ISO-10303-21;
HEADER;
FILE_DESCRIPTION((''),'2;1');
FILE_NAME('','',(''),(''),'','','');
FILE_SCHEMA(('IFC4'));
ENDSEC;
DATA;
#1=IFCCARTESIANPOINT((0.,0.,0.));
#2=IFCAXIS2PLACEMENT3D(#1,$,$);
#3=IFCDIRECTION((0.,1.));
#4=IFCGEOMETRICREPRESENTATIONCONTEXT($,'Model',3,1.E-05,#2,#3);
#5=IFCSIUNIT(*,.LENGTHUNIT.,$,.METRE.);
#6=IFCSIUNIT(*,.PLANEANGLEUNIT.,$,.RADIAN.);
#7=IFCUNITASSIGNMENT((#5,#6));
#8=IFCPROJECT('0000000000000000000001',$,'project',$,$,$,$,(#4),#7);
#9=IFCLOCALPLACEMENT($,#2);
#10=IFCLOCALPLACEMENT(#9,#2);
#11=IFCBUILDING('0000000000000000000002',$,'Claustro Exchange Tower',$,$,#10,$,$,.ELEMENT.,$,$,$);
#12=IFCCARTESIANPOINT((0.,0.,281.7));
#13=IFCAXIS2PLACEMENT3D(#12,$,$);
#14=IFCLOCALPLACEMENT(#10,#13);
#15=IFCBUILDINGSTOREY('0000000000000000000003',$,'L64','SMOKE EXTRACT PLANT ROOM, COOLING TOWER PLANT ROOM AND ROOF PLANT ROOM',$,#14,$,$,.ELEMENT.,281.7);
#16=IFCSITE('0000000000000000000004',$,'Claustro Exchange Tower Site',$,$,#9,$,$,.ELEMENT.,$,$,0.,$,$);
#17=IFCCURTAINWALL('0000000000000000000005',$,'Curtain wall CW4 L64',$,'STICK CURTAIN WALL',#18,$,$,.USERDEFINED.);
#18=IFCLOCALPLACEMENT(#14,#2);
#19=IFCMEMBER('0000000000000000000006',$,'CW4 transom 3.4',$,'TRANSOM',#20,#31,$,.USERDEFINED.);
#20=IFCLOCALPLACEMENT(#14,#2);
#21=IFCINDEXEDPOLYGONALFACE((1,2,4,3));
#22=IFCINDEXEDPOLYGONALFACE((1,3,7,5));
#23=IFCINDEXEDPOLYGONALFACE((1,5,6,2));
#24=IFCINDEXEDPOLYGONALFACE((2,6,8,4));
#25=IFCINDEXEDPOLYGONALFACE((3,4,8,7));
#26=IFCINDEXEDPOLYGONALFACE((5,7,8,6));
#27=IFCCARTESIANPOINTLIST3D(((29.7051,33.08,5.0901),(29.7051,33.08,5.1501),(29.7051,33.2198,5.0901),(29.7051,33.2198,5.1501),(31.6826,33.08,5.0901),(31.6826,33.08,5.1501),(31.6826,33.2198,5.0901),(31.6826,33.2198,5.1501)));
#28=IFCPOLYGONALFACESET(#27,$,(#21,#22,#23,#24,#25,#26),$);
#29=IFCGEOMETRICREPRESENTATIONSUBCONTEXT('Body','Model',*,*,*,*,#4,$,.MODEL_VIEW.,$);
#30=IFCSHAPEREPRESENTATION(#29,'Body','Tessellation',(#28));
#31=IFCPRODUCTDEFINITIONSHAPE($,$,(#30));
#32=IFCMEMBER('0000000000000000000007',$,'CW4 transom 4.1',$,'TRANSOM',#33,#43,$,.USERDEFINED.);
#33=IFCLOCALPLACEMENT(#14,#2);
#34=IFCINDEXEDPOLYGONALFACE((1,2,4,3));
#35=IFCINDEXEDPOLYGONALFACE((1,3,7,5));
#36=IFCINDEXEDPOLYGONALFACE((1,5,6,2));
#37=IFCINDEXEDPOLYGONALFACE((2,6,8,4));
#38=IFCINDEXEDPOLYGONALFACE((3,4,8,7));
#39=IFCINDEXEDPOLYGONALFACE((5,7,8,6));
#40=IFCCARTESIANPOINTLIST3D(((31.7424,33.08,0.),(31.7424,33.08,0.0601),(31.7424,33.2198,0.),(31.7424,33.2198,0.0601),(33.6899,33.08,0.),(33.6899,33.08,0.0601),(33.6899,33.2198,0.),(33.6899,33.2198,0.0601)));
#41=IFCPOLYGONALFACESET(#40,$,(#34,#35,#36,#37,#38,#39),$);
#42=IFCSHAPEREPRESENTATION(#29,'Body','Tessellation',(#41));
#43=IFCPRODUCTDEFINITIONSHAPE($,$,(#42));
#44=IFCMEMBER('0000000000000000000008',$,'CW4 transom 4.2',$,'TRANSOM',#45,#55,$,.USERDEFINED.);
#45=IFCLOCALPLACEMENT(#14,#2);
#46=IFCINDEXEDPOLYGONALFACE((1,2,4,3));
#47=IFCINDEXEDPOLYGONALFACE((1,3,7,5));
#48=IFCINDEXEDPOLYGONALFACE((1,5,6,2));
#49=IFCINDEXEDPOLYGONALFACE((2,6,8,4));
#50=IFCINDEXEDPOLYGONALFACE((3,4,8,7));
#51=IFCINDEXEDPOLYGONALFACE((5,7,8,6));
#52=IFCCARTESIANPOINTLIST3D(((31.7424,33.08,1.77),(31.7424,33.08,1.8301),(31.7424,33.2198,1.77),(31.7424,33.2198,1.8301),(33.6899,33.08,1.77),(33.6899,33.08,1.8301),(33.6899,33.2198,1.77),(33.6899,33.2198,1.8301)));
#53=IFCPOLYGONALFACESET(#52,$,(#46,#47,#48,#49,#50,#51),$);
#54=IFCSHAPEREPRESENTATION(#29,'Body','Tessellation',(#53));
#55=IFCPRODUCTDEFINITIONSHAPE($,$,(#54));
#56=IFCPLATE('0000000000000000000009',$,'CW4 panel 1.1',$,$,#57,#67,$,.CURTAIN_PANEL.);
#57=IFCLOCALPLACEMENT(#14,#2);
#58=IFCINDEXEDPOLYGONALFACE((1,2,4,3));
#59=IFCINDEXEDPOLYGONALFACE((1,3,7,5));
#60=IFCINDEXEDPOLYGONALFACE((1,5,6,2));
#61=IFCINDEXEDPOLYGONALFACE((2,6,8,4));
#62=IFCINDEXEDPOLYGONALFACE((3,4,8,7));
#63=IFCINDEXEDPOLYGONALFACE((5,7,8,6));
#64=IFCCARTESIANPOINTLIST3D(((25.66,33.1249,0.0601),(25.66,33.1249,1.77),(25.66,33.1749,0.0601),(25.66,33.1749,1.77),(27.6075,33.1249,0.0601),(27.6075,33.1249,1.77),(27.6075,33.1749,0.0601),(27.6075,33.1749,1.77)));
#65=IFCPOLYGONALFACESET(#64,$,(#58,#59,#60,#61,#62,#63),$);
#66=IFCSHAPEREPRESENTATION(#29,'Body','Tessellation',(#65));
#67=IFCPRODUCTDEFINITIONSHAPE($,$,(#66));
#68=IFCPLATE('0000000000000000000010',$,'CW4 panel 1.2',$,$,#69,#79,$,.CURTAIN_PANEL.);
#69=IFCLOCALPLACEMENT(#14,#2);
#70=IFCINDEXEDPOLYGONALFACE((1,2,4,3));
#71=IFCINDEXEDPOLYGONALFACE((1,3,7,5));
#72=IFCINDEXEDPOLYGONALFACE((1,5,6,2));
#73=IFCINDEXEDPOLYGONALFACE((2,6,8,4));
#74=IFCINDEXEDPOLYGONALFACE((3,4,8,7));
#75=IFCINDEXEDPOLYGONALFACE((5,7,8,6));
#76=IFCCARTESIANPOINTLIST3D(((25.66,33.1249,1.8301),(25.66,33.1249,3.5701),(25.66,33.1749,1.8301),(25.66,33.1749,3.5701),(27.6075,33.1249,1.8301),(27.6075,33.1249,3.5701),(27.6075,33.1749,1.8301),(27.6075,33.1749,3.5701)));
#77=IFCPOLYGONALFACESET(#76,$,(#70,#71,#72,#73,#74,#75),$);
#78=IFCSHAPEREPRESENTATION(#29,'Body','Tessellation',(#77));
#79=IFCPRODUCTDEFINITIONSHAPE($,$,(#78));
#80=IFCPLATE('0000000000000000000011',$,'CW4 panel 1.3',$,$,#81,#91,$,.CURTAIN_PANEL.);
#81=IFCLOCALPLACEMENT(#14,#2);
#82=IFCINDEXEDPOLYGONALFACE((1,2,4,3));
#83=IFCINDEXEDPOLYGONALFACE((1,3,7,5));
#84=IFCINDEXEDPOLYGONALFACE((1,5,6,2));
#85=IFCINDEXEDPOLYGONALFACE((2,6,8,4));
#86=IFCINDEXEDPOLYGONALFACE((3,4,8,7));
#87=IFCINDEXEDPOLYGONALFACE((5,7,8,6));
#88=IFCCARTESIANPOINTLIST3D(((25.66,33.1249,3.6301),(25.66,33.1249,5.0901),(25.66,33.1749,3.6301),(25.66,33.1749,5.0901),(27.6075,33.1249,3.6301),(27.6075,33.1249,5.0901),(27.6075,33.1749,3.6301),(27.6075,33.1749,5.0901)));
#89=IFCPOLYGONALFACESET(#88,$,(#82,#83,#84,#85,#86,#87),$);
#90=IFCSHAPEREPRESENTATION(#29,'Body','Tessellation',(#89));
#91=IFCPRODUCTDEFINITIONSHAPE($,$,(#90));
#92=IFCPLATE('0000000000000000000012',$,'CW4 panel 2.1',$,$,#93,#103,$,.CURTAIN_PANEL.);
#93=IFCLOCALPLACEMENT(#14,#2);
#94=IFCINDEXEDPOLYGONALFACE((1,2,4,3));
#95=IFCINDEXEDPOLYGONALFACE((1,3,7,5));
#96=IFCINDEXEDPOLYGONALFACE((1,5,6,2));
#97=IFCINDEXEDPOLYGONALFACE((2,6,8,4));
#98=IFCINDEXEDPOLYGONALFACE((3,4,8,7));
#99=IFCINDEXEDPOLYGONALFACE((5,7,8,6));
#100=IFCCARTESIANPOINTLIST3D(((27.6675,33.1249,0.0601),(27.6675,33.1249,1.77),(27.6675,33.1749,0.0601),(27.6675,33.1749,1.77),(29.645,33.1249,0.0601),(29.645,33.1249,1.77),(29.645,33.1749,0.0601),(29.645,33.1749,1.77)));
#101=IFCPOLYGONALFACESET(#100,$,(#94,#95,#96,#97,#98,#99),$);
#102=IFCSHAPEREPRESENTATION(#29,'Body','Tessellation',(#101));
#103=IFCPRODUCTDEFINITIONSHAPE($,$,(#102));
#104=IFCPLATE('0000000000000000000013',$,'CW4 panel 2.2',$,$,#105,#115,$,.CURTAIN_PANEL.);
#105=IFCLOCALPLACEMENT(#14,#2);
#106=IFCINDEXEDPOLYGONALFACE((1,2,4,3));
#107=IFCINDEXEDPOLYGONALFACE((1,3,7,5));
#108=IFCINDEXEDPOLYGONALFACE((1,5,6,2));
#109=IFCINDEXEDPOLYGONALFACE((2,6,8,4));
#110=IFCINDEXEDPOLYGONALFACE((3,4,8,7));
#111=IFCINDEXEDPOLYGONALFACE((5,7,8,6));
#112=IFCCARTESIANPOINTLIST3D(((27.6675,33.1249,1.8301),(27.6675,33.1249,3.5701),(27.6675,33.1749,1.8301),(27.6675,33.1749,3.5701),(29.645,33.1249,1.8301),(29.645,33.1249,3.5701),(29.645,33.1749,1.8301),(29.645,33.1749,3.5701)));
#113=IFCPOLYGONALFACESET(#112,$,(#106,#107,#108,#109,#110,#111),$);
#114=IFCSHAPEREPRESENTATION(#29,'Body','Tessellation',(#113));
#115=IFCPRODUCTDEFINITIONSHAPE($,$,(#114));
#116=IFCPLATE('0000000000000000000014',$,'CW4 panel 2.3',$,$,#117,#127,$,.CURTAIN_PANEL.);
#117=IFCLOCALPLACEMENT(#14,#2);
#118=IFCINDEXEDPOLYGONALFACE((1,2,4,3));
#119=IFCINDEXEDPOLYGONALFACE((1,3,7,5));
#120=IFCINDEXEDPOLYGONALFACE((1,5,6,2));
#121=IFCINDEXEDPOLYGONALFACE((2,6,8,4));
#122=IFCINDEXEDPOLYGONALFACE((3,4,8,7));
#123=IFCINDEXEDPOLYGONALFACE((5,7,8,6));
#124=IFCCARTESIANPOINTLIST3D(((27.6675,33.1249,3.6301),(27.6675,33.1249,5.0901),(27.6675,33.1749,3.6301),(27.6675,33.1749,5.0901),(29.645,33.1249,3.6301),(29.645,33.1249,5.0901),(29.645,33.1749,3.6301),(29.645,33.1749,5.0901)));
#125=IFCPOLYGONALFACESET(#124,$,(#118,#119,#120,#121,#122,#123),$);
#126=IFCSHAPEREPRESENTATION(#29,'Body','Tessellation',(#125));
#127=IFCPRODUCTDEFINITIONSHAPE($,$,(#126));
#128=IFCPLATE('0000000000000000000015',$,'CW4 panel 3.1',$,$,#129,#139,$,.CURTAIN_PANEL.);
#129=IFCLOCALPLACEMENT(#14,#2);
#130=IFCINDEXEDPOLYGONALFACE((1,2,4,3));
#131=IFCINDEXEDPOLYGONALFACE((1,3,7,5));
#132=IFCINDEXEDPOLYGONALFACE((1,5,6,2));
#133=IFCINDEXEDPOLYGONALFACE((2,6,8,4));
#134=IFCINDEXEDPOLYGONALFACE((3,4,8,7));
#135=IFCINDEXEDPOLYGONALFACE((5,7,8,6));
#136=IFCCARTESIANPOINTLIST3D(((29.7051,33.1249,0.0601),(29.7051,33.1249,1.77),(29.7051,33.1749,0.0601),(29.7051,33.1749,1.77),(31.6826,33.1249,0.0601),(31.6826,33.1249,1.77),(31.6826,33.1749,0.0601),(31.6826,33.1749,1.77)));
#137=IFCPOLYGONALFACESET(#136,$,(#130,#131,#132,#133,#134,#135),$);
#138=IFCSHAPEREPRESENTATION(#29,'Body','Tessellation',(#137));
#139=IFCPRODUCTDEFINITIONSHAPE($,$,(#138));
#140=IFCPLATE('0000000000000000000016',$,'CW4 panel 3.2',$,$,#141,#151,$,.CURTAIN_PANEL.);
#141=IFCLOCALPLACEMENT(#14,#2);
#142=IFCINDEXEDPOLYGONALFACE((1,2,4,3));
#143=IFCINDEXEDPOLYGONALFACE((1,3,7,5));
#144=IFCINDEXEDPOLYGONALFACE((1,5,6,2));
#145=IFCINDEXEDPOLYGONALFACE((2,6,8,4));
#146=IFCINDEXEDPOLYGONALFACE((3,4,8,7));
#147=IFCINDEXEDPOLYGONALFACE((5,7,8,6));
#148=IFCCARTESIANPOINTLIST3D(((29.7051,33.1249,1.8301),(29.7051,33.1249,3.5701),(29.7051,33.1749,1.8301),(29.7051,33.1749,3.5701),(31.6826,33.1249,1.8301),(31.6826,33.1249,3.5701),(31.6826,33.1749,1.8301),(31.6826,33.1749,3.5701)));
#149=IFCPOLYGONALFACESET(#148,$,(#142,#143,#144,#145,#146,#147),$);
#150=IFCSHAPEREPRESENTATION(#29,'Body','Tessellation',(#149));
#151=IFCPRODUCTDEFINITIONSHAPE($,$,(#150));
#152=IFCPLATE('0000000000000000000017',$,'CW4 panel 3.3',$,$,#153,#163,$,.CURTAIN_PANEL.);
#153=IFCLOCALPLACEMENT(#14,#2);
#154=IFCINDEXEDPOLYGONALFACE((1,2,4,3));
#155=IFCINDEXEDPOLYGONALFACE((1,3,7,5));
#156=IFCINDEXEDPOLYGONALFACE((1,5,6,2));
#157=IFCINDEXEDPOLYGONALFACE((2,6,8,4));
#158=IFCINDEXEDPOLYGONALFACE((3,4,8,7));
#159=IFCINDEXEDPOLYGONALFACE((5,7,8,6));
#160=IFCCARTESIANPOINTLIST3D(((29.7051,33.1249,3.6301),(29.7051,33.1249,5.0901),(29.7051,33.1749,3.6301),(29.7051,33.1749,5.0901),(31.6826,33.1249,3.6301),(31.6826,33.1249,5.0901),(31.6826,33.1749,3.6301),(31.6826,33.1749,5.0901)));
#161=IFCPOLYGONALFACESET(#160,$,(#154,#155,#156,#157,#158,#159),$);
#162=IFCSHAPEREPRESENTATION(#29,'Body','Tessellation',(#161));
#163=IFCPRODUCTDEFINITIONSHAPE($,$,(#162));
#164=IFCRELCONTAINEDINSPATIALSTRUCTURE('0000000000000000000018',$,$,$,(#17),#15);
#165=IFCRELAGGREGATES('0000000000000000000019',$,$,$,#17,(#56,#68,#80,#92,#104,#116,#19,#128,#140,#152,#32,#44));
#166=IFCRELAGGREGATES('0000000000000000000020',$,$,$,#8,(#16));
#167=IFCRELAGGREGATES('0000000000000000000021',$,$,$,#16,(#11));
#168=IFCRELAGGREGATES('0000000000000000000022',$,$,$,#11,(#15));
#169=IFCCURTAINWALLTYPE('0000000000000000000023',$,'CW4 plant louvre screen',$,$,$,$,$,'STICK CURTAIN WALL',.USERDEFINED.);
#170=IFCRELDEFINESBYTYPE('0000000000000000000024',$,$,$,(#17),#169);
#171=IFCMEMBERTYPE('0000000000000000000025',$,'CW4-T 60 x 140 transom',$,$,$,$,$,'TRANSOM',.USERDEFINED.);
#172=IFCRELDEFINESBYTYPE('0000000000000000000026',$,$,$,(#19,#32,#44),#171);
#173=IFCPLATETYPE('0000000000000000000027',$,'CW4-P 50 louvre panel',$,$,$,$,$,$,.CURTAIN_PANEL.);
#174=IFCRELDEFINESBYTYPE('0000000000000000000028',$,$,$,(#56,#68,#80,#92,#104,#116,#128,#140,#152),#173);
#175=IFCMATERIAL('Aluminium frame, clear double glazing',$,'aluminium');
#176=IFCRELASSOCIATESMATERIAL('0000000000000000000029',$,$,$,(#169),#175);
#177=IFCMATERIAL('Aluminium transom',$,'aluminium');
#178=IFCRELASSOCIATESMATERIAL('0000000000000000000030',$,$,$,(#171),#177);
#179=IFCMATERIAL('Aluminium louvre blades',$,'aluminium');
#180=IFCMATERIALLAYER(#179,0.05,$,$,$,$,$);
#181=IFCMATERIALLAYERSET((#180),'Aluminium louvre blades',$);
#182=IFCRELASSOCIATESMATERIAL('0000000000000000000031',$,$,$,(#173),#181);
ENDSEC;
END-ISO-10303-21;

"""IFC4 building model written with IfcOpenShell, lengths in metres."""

from ifc_helpers import new_model, si_unit, direction, frame, origin, origin_2d, place, context, subcontext, project, spatial, rectangle, extrude, material, layer, layer_set, material_profile, profile_set, type_object, element, aggregate, save


model = new_model("IFC4")

# Units and contexts
model_context = context("Model", 3, precision=1e-05, world=origin(), true_north=direction((0.0, 1.0)))
body_context = subcontext(model_context, "Body", "Model", "MODEL_VIEW")
ifc_project = project(units=[si_unit("LENGTHUNIT", "METRE"), si_unit("PLANEANGLEUNIT", "RADIAN")], contexts=[model_context])

# Site, building, storey
site_placement = place(None, origin())
site = spatial("IfcSite", under=ifc_project, at=site_placement, Name="Claustro Exchange Tower Site", CompositionType="ELEMENT", RefElevation=0.0)
building_placement = place(site_placement, origin())
building = spatial("IfcBuilding", under=site, at=building_placement, Name="Claustro Exchange Tower", CompositionType="ELEMENT")
storey_placement = place(building_placement, frame((0.0, 0.0, 281.7)))
storey = spatial("IfcBuildingStorey", under=building, at=storey_placement, Name="L64", Description="SMOKE EXTRACT PLANT ROOM, COOLING TOWER PLANT ROOM AND ROOF PLANT ROOM", CompositionType="ELEMENT", Elevation=281.7)

# Curtain wall, members, plates
ifc_material_1 = material(Name="Aluminium frame, clear double glazing", Category="aluminium")
curtain_wall_type = type_object("IfcCurtainWallType", Name="CW4 plant louvre screen", ElementType="STICK CURTAIN WALL", PredefinedType="USERDEFINED", material=ifc_material_1)
curtain_wall_placement = place(storey_placement, origin())
curtain_wall = element("IfcCurtainWall", 1, at=curtain_wall_placement, inside=storey, type_object=curtain_wall_type, Name="Curtain wall CW4 L64", ObjectType="STICK CURTAIN WALL", PredefinedType="USERDEFINED")
ifc_material_2 = material(Name="Aluminium transom", Category="aluminium")
ifc_material_profile_1 = material_profile(ifc_material_2, rectangle(XDim=0.1399, YDim=0.0601, at=origin_2d()), Name="CW4-T 60x140")
ifc_profile_set_1 = profile_set([ifc_material_profile_1], Name="Aluminium transom")
member_type_1 = type_object("IfcMemberType", Name="CW4-T 60 x 140 transom", ElementType="TRANSOM", PredefinedType="USERDEFINED", material=ifc_profile_set_1)
member_1_placement = place(storey_placement, frame((29.7051, 33.1499, 5.1201), z_axis=(1.0, 0.0, 0.0), x_axis=(0.0, 1.0, 0.0)))
member_1 = element("IfcMember", 2, at=member_1_placement, type_object=member_type_1, Name="CW4 transom 3.4", ObjectType="TRANSOM", PredefinedType="USERDEFINED", context=body_context, shape_type="SweptSolid", body=[
    extrude(rectangle(XDim=0.1399, YDim=0.0601, at=origin_2d()), origin(), (0.0, 0.0, 1.0), 1.9775),
])
member_2_placement = place(storey_placement, frame((31.7424, 33.1499, 0.03), z_axis=(1.0, 0.0, 0.0), x_axis=(0.0, 1.0, 0.0)))
member_2 = element("IfcMember", 3, at=member_2_placement, type_object=member_type_1, Name="CW4 transom 4.1", ObjectType="TRANSOM", PredefinedType="USERDEFINED", context=body_context, shape_type="SweptSolid", body=[
    extrude(rectangle(XDim=0.1399, YDim=0.0601, at=origin_2d()), origin(), (0.0, 0.0, 1.0), 1.9475),
])
member_3_placement = place(storey_placement, frame((31.7424, 33.1499, 1.8), z_axis=(1.0, 0.0, 0.0), x_axis=(0.0, 1.0, 0.0)))
member_3 = element("IfcMember", 4, at=member_3_placement, type_object=member_type_1, Name="CW4 transom 4.2", ObjectType="TRANSOM", PredefinedType="USERDEFINED", context=body_context, shape_type="SweptSolid", body=[
    extrude(rectangle(XDim=0.1399, YDim=0.0601, at=origin_2d()), origin(), (0.0, 0.0, 1.0), 1.9475),
])
ifc_material_3 = material(Name="Aluminium louvre blades", Category="aluminium")
ifc_layer = layer(ifc_material_3, 0.05)
ifc_layer_set = layer_set([ifc_layer], Name="Aluminium louvre blades")
plate_type = type_object("IfcPlateType", Name="CW4-P 50 louvre panel", PredefinedType="CURTAIN_PANEL", material=ifc_layer_set)
plate_1_placement = place(storey_placement, frame((26.6338, 33.1499, 0.0601), z_axis=(0.0, 0.0, 1.0), x_axis=(1.0, 0.0, 0.0)))
plate_1 = element("IfcPlate", 5, at=plate_1_placement, type_object=plate_type, Name="CW4 panel 1.1", PredefinedType="CURTAIN_PANEL", context=body_context, shape_type="SweptSolid", body=[
    extrude(rectangle(XDim=1.9475, YDim=0.05, at=origin_2d()), origin(), (0.0, 0.0, 1.0), 1.71),
])
plate_2_placement = place(storey_placement, frame((26.6338, 33.1499, 1.8301), z_axis=(0.0, 0.0, 1.0), x_axis=(1.0, 0.0, 0.0)))
plate_2 = element("IfcPlate", 6, at=plate_2_placement, type_object=plate_type, Name="CW4 panel 1.2", PredefinedType="CURTAIN_PANEL", context=body_context, shape_type="SweptSolid", body=[
    extrude(rectangle(XDim=1.9475, YDim=0.05, at=origin_2d()), origin(), (0.0, 0.0, 1.0), 1.74),
])
plate_3_placement = place(storey_placement, frame((26.6338, 33.1499, 3.6301), z_axis=(0.0, 0.0, 1.0), x_axis=(1.0, 0.0, 0.0)))
plate_3 = element("IfcPlate", 7, at=plate_3_placement, type_object=plate_type, Name="CW4 panel 1.3", PredefinedType="CURTAIN_PANEL", context=body_context, shape_type="SweptSolid", body=[
    extrude(rectangle(XDim=1.9475, YDim=0.05, at=origin_2d()), origin(), (0.0, 0.0, 1.0), 1.46),
])
plate_4_placement = place(storey_placement, frame((28.6562, 33.1499, 0.0601), z_axis=(0.0, 0.0, 1.0), x_axis=(1.0, 0.0, 0.0)))
plate_4 = element("IfcPlate", 8, at=plate_4_placement, type_object=plate_type, Name="CW4 panel 2.1", PredefinedType="CURTAIN_PANEL", context=body_context, shape_type="SweptSolid", body=[
    extrude(rectangle(XDim=1.9775, YDim=0.05, at=origin_2d()), origin(), (0.0, 0.0, 1.0), 1.71),
])
plate_5_placement = place(storey_placement, frame((28.6562, 33.1499, 1.8301), z_axis=(0.0, 0.0, 1.0), x_axis=(1.0, 0.0, 0.0)))
plate_5 = element("IfcPlate", 9, at=plate_5_placement, type_object=plate_type, Name="CW4 panel 2.2", PredefinedType="CURTAIN_PANEL", context=body_context, shape_type="SweptSolid", body=[
    extrude(rectangle(XDim=1.9775, YDim=0.05, at=origin_2d()), origin(), (0.0, 0.0, 1.0), 1.74),
])
plate_6_placement = place(storey_placement, frame((28.6562, 33.1499, 3.6301), z_axis=(0.0, 0.0, 1.0), x_axis=(1.0, 0.0, 0.0)))
plate_6 = element("IfcPlate", 10, at=plate_6_placement, type_object=plate_type, Name="CW4 panel 2.3", PredefinedType="CURTAIN_PANEL", context=body_context, shape_type="SweptSolid", body=[
    extrude(rectangle(XDim=1.9775, YDim=0.05, at=origin_2d()), origin(), (0.0, 0.0, 1.0), 1.46),
])
plate_7_placement = place(storey_placement, frame((30.6938, 33.1499, 0.0601), z_axis=(0.0, 0.0, 1.0), x_axis=(1.0, 0.0, 0.0)))
plate_7 = element("IfcPlate", 11, at=plate_7_placement, type_object=plate_type, Name="CW4 panel 3.1", PredefinedType="CURTAIN_PANEL", context=body_context, shape_type="SweptSolid", body=[
    extrude(rectangle(XDim=1.9775, YDim=0.05, at=origin_2d()), origin(), (0.0, 0.0, 1.0), 1.71),
])
plate_8_placement = place(storey_placement, frame((30.6938, 33.1499, 1.8301), z_axis=(0.0, 0.0, 1.0), x_axis=(1.0, 0.0, 0.0)))
plate_8 = element("IfcPlate", 12, at=plate_8_placement, type_object=plate_type, Name="CW4 panel 3.2", PredefinedType="CURTAIN_PANEL", context=body_context, shape_type="SweptSolid", body=[
    extrude(rectangle(XDim=1.9775, YDim=0.05, at=origin_2d()), origin(), (0.0, 0.0, 1.0), 1.74),
])
plate_9_placement = place(storey_placement, frame((30.6938, 33.1499, 3.6301), z_axis=(0.0, 0.0, 1.0), x_axis=(1.0, 0.0, 0.0)))
plate_9 = element("IfcPlate", 13, at=plate_9_placement, type_object=plate_type, Name="CW4 panel 3.3", PredefinedType="CURTAIN_PANEL", context=body_context, shape_type="SweptSolid", body=[
    extrude(rectangle(XDim=1.9775, YDim=0.05, at=origin_2d()), origin(), (0.0, 0.0, 1.0), 1.46),
])
aggregate(curtain_wall, [plate_1, plate_2, plate_3, plate_4, plate_5, plate_6, member_1, plate_7, plate_8, plate_9, member_2, member_3])

save(model, "model.ifc")
